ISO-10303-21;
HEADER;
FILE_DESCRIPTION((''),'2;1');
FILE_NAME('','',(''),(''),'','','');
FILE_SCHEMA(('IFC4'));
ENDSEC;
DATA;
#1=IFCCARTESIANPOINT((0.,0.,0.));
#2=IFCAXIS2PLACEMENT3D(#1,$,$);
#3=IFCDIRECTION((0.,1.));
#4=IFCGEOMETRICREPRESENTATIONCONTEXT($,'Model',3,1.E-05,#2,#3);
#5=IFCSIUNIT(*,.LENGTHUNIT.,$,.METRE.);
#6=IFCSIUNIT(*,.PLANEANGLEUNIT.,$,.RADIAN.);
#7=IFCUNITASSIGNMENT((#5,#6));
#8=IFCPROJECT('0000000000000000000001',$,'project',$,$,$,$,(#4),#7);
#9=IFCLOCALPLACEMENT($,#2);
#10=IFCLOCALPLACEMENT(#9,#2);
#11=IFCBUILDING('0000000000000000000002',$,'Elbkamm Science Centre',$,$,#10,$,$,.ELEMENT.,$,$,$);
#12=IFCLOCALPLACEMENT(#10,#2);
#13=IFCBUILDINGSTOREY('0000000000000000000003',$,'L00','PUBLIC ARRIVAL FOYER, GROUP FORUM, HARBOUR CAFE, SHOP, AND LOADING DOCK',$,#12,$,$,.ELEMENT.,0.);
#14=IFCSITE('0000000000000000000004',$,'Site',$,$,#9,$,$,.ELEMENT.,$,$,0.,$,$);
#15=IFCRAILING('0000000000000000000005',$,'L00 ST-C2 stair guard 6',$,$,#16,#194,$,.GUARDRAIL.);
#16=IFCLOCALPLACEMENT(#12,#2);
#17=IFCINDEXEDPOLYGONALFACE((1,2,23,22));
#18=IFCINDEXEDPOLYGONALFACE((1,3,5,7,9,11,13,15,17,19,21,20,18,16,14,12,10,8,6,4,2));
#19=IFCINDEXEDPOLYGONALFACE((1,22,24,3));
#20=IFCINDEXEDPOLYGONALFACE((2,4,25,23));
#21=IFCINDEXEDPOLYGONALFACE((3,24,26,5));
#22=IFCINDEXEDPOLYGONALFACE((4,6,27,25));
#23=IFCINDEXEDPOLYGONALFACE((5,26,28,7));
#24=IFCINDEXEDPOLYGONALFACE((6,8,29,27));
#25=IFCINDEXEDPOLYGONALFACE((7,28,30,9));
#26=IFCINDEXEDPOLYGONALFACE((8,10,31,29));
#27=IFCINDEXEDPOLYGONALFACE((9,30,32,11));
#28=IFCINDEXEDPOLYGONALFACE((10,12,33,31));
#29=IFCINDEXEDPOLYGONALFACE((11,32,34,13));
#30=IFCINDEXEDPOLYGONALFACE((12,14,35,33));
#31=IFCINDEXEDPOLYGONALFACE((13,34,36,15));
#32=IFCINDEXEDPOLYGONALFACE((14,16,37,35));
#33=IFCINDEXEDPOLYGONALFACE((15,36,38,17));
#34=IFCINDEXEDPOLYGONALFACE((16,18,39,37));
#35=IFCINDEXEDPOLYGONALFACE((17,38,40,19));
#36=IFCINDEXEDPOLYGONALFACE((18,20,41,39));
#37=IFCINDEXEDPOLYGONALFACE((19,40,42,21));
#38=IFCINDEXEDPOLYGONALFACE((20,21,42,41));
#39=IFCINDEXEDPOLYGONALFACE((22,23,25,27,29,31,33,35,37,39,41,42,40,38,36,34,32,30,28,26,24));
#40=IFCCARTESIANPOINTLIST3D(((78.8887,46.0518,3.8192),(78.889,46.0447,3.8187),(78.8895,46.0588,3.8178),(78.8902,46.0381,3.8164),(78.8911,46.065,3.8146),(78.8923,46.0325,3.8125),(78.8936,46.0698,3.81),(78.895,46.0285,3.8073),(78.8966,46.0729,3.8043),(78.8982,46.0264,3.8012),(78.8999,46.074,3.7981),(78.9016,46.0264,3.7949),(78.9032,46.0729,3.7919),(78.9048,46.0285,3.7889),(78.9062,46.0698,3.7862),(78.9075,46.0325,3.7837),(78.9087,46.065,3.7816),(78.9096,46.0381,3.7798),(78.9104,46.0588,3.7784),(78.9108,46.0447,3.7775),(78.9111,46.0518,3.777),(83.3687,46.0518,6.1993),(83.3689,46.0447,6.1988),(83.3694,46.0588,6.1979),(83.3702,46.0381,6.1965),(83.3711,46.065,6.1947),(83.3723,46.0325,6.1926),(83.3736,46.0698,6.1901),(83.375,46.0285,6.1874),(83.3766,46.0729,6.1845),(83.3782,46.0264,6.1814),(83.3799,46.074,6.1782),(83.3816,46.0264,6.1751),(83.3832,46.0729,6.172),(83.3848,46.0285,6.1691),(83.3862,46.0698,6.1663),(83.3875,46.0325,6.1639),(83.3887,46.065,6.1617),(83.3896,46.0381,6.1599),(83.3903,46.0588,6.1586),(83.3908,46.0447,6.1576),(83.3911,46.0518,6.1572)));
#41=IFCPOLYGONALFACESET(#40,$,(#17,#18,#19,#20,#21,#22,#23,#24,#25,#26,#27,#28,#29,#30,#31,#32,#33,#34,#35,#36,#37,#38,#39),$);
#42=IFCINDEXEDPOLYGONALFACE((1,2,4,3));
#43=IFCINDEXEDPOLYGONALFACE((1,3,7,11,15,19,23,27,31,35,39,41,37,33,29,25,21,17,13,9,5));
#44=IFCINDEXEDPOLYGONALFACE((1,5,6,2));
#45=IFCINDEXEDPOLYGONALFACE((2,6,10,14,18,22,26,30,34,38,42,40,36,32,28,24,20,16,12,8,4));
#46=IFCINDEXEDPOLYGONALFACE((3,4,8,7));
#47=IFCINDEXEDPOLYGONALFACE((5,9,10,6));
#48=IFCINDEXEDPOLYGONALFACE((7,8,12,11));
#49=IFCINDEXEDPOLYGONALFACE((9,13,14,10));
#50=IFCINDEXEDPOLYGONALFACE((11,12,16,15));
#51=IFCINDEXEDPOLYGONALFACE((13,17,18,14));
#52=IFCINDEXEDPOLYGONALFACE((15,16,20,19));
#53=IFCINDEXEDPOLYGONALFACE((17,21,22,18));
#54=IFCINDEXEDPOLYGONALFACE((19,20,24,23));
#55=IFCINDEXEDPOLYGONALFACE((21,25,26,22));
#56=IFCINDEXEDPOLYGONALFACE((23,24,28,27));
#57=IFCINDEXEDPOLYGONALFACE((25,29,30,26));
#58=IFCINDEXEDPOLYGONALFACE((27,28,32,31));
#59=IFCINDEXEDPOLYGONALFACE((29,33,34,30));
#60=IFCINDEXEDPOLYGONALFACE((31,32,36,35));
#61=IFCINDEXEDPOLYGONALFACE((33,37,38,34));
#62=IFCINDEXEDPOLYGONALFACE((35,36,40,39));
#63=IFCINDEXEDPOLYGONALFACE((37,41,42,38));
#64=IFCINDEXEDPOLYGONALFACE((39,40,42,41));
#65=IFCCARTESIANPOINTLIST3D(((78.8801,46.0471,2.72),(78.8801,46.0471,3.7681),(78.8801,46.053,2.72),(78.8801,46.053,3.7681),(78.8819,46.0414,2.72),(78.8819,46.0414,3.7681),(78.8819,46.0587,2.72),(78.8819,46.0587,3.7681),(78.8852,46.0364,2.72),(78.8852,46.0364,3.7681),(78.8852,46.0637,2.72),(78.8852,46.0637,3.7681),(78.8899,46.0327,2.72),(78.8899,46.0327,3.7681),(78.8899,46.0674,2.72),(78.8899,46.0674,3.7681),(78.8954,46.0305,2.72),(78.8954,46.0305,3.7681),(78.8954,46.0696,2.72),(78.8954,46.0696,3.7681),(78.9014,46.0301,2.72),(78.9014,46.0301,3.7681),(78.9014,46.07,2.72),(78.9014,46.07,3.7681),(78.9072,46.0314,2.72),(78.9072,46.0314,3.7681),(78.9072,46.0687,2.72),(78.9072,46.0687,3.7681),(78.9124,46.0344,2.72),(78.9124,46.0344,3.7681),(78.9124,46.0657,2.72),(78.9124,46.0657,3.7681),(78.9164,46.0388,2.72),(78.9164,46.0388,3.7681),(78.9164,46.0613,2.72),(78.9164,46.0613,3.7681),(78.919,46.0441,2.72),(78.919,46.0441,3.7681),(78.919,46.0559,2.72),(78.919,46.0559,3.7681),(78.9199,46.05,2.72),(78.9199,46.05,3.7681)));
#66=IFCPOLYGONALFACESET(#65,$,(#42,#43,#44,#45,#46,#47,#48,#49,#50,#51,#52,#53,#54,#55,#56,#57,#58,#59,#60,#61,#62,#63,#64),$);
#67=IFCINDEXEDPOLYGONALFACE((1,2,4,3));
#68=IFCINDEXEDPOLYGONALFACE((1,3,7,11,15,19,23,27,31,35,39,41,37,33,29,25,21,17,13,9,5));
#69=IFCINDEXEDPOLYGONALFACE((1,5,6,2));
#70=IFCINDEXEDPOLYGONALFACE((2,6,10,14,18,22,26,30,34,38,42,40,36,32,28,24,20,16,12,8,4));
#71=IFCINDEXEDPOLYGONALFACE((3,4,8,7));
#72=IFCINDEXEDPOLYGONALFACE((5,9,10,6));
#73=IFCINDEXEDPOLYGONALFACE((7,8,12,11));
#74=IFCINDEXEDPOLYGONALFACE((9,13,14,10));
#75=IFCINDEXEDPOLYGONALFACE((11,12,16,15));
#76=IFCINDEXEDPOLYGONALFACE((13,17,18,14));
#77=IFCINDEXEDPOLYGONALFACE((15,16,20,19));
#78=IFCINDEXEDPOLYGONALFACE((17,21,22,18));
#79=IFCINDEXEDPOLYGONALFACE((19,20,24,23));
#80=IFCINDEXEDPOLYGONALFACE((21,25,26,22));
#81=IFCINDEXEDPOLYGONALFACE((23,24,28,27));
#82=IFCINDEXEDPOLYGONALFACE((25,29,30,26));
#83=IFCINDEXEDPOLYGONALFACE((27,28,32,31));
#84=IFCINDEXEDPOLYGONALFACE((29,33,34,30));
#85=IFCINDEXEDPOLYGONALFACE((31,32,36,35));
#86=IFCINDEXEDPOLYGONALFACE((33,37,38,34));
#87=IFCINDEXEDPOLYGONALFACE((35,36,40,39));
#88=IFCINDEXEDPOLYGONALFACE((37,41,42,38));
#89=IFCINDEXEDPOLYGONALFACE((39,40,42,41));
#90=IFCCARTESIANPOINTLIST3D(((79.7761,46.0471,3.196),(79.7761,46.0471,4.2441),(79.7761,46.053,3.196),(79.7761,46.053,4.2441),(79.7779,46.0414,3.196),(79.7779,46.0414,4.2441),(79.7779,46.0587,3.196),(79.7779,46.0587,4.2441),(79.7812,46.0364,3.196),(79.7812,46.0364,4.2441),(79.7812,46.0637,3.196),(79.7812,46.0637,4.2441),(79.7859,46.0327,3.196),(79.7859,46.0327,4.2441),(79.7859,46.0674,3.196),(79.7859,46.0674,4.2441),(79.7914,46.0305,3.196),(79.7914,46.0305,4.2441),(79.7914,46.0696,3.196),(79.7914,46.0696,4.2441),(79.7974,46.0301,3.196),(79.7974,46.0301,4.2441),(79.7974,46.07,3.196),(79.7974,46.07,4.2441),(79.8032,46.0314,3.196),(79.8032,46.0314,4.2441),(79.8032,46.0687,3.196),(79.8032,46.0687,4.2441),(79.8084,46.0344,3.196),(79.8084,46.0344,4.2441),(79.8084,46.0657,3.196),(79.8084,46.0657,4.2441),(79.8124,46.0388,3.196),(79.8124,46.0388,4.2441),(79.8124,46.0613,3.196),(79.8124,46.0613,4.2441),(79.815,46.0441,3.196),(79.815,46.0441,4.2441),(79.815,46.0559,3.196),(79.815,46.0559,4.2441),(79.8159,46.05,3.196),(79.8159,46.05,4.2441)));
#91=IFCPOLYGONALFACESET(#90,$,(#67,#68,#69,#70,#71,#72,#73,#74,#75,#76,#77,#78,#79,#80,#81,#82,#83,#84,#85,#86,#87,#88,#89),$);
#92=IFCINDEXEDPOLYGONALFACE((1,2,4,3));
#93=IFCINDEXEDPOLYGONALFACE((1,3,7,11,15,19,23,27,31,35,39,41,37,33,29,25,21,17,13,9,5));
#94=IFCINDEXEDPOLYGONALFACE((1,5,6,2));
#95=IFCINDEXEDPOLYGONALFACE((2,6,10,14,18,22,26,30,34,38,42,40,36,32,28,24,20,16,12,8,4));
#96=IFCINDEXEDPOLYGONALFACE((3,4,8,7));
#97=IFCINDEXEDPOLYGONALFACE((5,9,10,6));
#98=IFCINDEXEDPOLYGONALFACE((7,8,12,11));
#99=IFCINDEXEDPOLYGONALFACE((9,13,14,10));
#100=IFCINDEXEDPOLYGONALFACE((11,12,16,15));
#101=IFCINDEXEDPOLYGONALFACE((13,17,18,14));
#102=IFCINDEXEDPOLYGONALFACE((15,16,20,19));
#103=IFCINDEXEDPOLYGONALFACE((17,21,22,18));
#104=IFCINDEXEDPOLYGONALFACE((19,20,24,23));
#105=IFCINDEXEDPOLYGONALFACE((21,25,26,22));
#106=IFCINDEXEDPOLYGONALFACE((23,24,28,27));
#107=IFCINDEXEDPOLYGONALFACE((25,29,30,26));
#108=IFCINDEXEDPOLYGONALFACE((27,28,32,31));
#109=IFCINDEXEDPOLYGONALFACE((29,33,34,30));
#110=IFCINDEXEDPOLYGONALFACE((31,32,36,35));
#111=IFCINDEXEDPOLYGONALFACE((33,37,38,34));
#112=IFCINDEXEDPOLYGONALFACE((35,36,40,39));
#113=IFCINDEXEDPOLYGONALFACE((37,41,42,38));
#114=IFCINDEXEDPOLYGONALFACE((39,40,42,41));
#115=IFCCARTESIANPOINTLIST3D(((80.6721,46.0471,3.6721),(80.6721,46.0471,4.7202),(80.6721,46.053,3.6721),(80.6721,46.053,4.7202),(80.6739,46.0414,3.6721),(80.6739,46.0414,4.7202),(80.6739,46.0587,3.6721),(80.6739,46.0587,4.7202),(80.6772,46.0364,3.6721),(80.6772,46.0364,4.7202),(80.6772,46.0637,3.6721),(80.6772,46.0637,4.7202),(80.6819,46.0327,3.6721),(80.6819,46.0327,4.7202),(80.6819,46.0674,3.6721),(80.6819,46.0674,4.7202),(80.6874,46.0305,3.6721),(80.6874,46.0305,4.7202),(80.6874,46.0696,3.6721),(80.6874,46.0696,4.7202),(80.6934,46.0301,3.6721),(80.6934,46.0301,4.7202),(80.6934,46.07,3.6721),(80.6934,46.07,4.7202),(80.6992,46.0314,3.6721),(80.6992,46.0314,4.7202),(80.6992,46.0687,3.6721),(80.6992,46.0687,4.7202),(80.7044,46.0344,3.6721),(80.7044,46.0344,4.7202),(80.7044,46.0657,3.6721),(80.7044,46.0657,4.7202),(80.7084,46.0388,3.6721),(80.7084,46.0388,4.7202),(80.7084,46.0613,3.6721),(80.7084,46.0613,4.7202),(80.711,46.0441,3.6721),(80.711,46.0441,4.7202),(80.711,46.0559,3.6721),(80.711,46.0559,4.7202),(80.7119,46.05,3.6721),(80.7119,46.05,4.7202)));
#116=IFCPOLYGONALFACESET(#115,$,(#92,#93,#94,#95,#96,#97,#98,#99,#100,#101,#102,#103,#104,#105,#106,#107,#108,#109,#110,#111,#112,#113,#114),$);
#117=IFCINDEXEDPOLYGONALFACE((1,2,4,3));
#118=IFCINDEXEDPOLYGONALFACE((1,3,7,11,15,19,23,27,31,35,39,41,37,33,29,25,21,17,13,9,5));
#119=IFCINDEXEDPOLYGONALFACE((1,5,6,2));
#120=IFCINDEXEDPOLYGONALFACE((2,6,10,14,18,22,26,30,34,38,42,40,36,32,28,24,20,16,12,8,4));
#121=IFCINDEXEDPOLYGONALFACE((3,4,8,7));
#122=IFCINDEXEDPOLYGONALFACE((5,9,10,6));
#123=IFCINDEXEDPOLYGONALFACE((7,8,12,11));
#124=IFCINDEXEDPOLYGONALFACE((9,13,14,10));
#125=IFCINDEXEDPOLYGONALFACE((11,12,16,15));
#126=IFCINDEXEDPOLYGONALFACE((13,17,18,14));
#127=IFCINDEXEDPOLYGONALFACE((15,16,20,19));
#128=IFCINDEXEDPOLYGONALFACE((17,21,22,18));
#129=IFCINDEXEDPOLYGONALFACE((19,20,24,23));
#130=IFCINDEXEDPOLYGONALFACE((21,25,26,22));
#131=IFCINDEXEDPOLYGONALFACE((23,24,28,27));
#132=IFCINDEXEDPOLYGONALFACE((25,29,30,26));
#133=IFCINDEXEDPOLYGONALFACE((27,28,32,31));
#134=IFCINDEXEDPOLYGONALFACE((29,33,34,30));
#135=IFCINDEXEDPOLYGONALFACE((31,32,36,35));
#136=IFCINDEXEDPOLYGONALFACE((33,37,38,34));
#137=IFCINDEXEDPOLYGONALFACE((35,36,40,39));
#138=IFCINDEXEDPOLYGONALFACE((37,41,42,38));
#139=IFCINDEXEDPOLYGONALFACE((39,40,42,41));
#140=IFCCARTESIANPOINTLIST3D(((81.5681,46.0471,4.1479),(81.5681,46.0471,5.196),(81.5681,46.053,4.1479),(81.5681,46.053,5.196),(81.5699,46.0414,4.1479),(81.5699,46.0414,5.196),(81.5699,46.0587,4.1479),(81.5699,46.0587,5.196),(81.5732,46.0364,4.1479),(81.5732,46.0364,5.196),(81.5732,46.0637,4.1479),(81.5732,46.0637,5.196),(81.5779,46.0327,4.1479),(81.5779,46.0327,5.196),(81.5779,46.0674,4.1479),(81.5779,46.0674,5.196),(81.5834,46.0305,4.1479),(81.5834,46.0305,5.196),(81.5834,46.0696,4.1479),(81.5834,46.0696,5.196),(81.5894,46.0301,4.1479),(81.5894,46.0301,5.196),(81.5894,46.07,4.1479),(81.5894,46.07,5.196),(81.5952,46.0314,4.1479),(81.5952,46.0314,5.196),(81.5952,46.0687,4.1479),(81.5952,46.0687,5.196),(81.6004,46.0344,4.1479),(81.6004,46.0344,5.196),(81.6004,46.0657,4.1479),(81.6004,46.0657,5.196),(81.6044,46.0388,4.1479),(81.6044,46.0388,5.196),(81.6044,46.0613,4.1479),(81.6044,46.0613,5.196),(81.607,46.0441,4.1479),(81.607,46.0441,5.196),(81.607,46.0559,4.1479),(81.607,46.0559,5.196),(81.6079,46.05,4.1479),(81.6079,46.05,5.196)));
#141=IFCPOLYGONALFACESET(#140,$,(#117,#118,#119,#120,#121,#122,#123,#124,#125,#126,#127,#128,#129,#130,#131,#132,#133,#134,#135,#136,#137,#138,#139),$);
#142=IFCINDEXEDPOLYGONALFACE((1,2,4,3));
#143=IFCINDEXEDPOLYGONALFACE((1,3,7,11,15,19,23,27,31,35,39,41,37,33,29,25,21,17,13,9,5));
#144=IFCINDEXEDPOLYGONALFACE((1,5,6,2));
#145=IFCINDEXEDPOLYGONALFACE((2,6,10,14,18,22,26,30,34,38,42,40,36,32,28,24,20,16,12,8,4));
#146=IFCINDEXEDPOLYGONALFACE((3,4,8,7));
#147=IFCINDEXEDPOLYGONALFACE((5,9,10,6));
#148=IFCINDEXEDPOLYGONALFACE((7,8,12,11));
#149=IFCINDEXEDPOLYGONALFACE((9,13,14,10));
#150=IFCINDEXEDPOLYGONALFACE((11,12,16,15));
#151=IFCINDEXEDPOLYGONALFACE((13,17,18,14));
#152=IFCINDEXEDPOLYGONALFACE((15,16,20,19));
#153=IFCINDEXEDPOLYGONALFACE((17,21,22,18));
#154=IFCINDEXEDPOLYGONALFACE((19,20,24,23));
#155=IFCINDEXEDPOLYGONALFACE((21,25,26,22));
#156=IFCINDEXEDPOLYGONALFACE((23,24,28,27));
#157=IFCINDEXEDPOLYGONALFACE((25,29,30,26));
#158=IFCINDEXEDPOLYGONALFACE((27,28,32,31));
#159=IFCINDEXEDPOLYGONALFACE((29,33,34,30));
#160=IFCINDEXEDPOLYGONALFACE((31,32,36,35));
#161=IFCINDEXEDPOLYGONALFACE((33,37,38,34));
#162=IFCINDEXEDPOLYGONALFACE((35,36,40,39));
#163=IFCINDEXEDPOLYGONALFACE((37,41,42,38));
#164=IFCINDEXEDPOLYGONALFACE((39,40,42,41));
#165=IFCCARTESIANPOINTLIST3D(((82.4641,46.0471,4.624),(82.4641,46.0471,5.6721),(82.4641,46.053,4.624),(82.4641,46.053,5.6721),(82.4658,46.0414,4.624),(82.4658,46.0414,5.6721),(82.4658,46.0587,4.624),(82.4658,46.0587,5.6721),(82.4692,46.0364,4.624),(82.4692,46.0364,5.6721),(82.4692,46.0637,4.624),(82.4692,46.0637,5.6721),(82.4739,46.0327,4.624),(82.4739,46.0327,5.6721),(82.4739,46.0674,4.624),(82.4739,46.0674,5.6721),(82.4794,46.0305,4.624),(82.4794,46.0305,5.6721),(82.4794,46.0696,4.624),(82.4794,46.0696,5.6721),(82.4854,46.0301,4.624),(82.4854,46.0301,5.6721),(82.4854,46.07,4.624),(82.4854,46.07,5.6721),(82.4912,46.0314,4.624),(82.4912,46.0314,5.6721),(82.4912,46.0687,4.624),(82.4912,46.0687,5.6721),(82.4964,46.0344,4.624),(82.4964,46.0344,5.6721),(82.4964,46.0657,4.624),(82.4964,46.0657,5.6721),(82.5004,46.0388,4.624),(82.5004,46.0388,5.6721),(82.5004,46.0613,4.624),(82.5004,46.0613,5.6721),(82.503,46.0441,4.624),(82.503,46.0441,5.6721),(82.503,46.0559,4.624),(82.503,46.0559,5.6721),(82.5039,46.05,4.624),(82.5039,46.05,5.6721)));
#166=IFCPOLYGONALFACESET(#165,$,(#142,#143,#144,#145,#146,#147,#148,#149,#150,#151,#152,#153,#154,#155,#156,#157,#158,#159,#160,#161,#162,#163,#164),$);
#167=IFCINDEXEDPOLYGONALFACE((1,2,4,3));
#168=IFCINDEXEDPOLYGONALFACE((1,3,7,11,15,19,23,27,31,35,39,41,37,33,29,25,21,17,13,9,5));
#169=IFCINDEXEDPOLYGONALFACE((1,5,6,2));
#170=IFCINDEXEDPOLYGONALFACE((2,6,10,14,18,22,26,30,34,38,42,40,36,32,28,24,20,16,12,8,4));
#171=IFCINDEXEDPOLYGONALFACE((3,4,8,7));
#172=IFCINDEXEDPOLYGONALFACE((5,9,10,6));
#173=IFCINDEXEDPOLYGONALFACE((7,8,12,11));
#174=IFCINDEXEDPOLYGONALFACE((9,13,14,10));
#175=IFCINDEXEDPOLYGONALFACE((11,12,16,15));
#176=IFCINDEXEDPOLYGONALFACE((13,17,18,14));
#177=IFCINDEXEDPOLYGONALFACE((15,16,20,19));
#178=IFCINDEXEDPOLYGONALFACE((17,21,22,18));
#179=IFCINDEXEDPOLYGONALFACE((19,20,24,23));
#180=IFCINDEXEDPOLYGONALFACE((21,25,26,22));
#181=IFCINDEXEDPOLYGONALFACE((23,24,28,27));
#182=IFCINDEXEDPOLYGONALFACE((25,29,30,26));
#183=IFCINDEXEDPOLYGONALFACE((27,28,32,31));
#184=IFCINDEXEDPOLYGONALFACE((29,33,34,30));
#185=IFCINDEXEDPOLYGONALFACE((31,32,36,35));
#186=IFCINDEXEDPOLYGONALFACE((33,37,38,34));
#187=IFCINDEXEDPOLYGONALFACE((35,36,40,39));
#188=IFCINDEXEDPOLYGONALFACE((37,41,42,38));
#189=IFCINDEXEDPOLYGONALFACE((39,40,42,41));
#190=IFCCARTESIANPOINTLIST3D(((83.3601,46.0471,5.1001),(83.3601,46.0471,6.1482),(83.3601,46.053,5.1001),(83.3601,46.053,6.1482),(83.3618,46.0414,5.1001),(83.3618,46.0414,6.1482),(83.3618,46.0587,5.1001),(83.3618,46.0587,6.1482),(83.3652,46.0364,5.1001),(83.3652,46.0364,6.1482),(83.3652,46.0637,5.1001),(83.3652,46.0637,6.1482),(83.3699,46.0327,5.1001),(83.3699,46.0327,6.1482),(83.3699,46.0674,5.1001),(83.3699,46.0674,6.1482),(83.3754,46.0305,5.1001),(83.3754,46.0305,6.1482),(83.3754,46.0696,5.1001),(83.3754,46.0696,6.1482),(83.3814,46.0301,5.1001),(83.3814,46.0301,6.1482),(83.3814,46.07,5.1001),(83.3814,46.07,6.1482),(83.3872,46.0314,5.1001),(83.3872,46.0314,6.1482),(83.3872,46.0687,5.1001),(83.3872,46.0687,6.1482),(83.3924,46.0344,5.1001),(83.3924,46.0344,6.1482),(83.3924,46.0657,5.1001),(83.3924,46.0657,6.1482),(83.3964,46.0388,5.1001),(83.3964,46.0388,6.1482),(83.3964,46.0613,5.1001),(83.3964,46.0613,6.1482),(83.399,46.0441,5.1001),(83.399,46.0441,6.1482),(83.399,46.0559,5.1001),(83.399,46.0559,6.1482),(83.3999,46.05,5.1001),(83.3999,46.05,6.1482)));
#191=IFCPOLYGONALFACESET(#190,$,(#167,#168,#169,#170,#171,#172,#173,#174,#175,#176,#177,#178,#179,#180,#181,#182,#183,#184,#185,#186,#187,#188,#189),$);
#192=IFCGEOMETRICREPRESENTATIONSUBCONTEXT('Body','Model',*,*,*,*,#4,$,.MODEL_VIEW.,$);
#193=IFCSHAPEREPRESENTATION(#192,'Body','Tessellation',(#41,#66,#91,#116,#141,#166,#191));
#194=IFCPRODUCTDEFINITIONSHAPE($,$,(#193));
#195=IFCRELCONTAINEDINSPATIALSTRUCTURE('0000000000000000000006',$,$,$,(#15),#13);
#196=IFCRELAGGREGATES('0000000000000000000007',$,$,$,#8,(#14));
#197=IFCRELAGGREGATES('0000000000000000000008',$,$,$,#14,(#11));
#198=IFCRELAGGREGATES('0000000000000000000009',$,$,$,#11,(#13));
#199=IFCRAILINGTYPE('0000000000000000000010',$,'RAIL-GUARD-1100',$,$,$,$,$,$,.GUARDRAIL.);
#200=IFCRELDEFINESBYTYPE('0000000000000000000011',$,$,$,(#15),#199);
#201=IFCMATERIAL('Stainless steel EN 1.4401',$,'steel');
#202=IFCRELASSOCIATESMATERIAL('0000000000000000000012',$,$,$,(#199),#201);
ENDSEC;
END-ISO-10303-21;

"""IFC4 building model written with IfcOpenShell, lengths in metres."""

from ifc_helpers import new_model, si_unit, direction, frame, origin, origin_2d, place, context, subcontext, project, spatial, circle, extrude, material, type_object, element, save


model = new_model("IFC4")

# Units and contexts
model_context = context("Model", 3, precision=1e-05, world=origin(), true_north=direction((0.0, 1.0)))
body_context = subcontext(model_context, "Body", "Model", "MODEL_VIEW")
ifc_project = project(units=[si_unit("LENGTHUNIT", "METRE"), si_unit("PLANEANGLEUNIT", "RADIAN")], contexts=[model_context])

# Site, building, storey
site_placement = place(None, origin())
site = spatial("IfcSite", under=ifc_project, at=site_placement, Name="Site", CompositionType="ELEMENT", RefElevation=0.0)
building_placement = place(site_placement, origin())
building = spatial("IfcBuilding", under=site, at=building_placement, Name="Elbkamm Science Centre", CompositionType="ELEMENT")
storey_placement = place(building_placement, origin())
storey = spatial("IfcBuildingStorey", under=building, at=storey_placement, Name="L00", Description="PUBLIC ARRIVAL FOYER, GROUP FORUM, HARBOUR CAFE, SHOP, AND LOADING DOCK", CompositionType="ELEMENT", Elevation=0.0)

# Railing
ifc_material_1 = material(Name="Stainless steel EN 1.4401", Category="steel")
railing_type_1 = type_object("IfcRailingType", Name="RAIL-GUARD-1100", PredefinedType="GUARDRAIL", material=ifc_material_1)
railing_1_placement = place(storey_placement, frame((78.8999, 46.05, 2.72)))
element("IfcRailing", 1, at=railing_1_placement, inside=storey, type_object=railing_type_1, Name="L00 ST-C2 stair guard 6", PredefinedType="GUARDRAIL", context=body_context, shape_type="SweptSolid", body=[
    extrude(circle(Radius=0.0239, at=origin_2d()), frame((0.0, 0.0, 1.0781), z_axis=(0.883105, 0.0, 0.469176), x_axis=(0.0, 1.0, 0.0)), (0.0, 0.0, 1.0), 5.073),
    extrude(circle(Radius=0.02, at=origin_2d()), origin(), (0.0, 0.0, 1.0), 1.0481),
    extrude(circle(Radius=0.02, at=origin_2d()), frame((0.896, 0.0, 0.4761)), (0.0, 0.0, 1.0), 1.0481),
    extrude(circle(Radius=0.02, at=origin_2d()), frame((1.792, 0.0, 0.9521)), (0.0, 0.0, 1.0), 1.0481),
    extrude(circle(Radius=0.02, at=origin_2d()), frame((2.688, 0.0, 1.428)), (0.0, 0.0, 1.0), 1.0481),
    extrude(circle(Radius=0.02, at=origin_2d()), frame((3.584, 0.0, 1.9041)), (0.0, 0.0, 1.0), 1.0481),
    extrude(circle(Radius=0.02, at=origin_2d()), frame((4.48, 0.0, 2.3801)), (0.0, 0.0, 1.0), 1.0481),
])

save(model, "model.ifc")
